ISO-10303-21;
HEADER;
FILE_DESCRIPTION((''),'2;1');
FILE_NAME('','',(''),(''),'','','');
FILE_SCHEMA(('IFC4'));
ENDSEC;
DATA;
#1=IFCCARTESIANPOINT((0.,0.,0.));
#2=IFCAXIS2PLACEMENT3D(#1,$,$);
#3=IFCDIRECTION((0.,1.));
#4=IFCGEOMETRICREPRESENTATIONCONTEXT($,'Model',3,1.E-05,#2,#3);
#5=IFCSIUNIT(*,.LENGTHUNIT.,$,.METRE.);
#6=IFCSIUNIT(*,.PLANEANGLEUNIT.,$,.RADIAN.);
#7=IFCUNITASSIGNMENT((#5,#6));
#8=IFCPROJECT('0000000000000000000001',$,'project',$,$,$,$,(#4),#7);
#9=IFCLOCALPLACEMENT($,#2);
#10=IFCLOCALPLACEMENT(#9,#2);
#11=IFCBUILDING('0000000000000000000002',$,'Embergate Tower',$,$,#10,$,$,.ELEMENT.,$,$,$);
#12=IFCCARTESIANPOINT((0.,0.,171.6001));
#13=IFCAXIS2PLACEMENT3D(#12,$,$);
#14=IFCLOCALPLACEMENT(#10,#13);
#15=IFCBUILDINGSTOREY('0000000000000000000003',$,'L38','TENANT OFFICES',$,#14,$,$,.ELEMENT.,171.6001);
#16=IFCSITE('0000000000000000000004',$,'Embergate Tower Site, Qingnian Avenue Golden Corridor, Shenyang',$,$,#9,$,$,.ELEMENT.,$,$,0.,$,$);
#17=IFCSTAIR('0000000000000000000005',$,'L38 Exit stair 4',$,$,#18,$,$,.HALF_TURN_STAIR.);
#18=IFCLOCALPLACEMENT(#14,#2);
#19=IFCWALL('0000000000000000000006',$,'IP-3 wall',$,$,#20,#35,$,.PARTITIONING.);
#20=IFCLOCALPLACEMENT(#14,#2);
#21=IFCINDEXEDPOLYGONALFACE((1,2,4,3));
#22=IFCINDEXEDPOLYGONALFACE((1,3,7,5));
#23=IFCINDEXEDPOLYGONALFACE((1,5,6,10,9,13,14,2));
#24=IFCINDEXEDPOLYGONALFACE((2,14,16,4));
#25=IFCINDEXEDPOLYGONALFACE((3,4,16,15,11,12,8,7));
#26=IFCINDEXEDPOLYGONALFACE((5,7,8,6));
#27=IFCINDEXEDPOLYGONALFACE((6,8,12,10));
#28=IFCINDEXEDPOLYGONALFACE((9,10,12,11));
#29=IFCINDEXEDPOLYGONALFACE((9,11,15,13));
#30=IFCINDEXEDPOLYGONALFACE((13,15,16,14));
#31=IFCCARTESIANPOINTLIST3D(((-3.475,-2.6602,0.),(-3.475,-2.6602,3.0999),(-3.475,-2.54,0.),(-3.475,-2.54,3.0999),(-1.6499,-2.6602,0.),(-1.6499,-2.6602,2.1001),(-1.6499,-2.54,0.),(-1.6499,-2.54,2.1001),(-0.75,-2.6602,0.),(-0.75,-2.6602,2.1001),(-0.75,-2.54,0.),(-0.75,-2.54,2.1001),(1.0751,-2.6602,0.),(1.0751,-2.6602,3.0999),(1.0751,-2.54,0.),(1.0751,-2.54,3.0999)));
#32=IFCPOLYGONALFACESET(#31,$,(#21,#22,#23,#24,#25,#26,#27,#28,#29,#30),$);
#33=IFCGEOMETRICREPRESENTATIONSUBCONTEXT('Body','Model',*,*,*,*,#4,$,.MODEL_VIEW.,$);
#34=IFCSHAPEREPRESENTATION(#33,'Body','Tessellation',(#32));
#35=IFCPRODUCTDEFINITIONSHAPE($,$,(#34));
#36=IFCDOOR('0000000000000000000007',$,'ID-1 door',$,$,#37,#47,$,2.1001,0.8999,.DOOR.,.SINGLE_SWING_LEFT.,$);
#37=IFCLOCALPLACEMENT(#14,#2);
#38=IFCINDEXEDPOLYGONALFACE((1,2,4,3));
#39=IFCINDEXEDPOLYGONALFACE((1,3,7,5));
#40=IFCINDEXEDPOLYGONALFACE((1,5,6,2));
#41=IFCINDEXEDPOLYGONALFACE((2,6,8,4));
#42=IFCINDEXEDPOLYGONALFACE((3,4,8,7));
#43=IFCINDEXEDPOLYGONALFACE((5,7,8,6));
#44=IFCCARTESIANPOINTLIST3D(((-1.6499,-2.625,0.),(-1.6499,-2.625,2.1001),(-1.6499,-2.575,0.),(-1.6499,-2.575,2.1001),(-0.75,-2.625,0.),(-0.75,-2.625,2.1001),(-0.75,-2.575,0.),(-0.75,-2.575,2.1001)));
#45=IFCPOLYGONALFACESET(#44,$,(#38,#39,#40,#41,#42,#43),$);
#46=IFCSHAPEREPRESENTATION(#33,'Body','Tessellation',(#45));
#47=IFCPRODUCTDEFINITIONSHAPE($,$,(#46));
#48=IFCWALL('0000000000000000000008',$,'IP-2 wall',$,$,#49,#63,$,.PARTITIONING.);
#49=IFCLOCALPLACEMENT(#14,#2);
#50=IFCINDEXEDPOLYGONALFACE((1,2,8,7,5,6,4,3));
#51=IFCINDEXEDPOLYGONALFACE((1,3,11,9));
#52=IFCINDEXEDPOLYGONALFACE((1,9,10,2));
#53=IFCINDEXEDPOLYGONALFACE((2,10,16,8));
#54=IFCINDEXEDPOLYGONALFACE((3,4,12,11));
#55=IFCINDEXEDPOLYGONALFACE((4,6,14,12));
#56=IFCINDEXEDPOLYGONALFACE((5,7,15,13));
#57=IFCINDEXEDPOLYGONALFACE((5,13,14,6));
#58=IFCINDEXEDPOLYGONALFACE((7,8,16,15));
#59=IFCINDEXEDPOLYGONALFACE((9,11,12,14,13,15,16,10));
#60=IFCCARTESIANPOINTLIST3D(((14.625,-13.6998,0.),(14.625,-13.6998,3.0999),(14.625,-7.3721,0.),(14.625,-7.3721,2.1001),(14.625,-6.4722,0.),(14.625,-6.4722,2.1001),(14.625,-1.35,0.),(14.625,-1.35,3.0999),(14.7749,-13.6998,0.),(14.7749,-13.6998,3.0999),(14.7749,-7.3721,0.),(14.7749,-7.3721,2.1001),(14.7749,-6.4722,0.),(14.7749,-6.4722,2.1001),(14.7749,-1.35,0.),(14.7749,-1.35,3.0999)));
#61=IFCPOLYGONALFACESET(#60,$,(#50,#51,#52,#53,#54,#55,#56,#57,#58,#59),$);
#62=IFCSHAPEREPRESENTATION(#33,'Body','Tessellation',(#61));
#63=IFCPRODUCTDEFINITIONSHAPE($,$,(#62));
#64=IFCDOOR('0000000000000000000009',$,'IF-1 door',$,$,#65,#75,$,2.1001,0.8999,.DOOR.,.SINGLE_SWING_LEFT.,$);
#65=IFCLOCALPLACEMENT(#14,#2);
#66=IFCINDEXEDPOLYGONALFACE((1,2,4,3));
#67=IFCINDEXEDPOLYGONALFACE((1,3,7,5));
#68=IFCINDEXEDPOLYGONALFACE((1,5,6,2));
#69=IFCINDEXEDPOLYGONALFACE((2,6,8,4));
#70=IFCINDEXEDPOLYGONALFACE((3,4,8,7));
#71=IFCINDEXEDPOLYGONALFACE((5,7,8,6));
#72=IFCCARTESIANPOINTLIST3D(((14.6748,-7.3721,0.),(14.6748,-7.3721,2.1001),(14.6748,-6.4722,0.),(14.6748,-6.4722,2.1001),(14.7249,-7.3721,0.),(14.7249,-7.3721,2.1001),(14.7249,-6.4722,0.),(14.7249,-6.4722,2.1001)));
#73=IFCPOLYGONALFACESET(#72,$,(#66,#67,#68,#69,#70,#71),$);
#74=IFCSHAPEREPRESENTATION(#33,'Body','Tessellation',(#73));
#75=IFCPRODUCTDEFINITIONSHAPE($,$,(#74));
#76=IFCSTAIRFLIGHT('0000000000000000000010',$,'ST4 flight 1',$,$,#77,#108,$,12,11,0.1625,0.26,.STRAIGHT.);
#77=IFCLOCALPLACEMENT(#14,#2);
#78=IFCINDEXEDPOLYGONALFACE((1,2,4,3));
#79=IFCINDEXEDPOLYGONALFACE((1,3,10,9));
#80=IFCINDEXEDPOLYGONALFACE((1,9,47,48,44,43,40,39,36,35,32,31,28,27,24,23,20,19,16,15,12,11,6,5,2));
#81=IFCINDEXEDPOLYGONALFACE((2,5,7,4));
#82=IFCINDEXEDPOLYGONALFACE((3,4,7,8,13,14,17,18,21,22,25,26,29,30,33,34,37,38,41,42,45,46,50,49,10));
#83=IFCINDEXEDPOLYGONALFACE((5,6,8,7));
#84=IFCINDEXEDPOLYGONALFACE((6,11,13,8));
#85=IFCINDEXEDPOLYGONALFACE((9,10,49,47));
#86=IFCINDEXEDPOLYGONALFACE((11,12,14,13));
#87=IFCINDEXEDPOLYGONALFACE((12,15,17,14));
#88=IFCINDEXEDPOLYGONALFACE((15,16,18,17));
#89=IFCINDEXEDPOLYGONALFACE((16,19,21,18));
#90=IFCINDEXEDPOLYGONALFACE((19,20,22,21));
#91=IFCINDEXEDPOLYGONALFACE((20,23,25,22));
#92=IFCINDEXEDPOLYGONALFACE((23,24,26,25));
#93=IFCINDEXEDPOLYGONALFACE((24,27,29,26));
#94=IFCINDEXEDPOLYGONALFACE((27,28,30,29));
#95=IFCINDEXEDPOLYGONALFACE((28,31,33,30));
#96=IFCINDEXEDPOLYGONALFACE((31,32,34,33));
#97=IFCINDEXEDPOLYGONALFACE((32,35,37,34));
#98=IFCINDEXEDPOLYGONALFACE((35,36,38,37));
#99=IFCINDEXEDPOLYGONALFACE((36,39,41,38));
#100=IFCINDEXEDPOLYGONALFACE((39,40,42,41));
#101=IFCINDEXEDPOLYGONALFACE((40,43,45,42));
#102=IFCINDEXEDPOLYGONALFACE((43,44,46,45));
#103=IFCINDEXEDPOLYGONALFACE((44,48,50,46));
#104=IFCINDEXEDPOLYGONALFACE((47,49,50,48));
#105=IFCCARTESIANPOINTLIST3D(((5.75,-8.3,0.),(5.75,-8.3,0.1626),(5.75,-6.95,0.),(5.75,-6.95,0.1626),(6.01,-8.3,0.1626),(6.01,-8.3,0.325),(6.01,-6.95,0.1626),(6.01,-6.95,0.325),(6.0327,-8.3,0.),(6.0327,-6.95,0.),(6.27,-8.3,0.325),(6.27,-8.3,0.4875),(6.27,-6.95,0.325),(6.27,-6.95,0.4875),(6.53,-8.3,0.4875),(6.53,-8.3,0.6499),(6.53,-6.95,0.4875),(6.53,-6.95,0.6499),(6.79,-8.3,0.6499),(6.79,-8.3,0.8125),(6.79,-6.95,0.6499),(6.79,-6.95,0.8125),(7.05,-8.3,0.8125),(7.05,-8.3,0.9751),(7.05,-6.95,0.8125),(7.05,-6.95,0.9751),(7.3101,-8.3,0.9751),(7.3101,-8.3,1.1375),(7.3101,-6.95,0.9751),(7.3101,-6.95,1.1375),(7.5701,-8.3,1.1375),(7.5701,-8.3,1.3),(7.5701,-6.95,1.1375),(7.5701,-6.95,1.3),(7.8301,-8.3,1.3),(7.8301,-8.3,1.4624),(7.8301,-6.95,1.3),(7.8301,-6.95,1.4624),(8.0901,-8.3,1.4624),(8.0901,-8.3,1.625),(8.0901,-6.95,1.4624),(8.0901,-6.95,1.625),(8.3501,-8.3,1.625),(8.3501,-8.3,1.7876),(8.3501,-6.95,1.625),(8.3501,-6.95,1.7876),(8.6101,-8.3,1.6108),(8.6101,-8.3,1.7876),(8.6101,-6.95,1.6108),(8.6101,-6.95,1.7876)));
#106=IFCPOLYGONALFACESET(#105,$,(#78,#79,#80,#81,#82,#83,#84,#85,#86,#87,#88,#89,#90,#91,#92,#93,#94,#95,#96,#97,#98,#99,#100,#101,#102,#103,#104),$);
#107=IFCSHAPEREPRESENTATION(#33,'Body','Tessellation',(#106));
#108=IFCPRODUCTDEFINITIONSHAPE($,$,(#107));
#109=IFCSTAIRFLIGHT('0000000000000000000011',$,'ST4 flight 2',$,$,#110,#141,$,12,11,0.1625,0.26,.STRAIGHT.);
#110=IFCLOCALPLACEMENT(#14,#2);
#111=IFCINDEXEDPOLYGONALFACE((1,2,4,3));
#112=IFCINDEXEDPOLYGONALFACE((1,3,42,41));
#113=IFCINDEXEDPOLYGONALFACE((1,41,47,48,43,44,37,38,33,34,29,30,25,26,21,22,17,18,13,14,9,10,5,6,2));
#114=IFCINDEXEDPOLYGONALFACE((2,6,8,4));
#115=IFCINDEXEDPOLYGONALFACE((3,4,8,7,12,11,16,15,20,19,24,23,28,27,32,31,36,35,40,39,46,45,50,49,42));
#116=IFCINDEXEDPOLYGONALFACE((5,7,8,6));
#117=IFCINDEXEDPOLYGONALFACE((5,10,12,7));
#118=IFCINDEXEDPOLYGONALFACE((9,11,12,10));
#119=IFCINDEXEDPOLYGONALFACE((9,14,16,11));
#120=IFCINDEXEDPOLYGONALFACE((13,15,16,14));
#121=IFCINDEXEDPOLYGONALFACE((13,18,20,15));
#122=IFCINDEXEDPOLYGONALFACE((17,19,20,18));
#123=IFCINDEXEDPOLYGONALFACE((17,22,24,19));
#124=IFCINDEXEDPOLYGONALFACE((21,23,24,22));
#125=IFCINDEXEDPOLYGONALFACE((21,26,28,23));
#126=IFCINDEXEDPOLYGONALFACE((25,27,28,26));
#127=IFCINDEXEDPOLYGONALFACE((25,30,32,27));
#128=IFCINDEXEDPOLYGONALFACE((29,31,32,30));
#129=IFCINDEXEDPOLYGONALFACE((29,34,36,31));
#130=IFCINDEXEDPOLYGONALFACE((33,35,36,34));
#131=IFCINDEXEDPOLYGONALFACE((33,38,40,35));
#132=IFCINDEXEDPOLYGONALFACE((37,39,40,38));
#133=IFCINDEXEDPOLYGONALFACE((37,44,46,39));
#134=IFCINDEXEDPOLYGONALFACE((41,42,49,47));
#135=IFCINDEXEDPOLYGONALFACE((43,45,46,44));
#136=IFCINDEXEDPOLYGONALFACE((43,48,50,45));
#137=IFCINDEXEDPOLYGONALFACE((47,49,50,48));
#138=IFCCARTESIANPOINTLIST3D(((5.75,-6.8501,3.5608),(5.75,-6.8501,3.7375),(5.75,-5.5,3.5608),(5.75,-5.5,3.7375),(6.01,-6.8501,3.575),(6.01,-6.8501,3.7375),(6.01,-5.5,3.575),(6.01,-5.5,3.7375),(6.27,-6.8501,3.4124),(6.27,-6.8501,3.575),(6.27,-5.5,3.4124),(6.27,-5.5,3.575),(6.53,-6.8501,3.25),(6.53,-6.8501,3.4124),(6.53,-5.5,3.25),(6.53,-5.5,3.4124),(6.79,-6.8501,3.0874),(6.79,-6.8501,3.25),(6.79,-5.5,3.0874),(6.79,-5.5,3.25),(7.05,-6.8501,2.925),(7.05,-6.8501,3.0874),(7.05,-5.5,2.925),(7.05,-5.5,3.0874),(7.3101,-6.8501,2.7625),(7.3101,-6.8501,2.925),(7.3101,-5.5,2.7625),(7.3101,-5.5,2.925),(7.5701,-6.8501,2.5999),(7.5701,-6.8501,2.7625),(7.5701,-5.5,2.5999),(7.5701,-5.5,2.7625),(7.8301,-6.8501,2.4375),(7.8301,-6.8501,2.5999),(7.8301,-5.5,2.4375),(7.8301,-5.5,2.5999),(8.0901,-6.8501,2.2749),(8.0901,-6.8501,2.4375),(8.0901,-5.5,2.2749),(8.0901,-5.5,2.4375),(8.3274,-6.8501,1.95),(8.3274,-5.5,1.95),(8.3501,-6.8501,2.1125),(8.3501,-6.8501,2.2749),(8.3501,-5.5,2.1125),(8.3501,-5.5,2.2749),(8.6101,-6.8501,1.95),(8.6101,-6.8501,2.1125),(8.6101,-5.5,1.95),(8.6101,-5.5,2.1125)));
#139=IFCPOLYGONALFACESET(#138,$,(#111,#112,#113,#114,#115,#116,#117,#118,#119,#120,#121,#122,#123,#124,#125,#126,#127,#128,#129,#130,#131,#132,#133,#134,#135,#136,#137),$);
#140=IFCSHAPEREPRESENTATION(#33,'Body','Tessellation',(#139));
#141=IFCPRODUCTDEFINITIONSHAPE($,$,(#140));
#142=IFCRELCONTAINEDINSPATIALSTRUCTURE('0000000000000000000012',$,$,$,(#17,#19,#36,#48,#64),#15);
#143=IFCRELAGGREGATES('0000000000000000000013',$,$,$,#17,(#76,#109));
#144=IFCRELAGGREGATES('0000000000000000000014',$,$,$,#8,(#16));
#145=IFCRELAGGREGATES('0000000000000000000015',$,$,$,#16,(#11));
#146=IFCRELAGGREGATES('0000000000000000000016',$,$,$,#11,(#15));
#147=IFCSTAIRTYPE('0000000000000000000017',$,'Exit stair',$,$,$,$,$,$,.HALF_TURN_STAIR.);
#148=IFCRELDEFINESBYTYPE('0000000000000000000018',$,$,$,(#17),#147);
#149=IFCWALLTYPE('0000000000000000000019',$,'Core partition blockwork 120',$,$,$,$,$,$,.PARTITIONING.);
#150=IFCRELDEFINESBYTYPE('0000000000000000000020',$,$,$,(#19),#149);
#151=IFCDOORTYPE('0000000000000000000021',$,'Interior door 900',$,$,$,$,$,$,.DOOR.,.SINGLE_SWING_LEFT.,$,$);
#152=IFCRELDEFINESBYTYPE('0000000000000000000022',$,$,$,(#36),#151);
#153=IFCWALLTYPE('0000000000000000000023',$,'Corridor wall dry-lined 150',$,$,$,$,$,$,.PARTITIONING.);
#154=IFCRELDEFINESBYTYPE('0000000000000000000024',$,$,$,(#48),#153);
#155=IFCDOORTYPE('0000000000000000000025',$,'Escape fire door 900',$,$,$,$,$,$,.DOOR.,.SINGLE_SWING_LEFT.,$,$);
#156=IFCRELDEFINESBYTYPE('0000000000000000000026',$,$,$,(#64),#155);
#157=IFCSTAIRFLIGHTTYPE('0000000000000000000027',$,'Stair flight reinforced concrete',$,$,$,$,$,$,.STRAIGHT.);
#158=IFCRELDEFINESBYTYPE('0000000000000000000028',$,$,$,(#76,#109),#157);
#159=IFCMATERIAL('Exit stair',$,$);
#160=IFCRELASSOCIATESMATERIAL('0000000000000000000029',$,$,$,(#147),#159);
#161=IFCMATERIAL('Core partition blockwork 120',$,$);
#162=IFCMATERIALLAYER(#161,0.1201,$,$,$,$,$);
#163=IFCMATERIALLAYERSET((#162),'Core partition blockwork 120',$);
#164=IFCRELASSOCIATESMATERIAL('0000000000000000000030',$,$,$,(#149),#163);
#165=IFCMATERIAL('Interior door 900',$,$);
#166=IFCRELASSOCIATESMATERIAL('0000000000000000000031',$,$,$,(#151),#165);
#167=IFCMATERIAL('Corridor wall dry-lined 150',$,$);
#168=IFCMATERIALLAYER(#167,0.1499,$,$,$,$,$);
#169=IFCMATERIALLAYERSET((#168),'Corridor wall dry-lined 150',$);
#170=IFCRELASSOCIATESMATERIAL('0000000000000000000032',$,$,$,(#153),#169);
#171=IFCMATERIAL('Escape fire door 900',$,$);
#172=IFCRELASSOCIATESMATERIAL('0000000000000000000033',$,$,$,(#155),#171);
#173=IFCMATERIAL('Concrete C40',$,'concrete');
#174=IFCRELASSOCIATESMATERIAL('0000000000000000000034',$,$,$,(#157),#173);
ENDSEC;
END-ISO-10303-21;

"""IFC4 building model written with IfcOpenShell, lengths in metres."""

from ifc_helpers import new_model, si_unit, direction, frame, frame_2d, origin, place, context, subcontext, project, spatial, polyline, rectangle, outline, extrude, source, transform, mapped, material, layer, layer_set, type_object, element, fill, aggregate, save


model = new_model("IFC4")

# Units and contexts
model_context = context("Model", 3, precision=1e-05, world=origin(), true_north=direction((0.0, 1.0)))
body_context = subcontext(model_context, "Body", "Model", "MODEL_VIEW")
ifc_project = project(units=[si_unit("LENGTHUNIT", "METRE"), si_unit("PLANEANGLEUNIT", "RADIAN")], contexts=[model_context])

# Site, building, storey
site_placement = place(None, origin())
site = spatial("IfcSite", under=ifc_project, at=site_placement, Name="Embergate Tower Site, Qingnian Avenue Golden Corridor, Shenyang", CompositionType="ELEMENT", RefElevation=0.0)
building_placement = place(site_placement, origin())
building = spatial("IfcBuilding", under=site, at=building_placement, Name="Embergate Tower", CompositionType="ELEMENT")
storey_placement = place(building_placement, frame((0.0, 0.0, 171.6001)))
storey = spatial("IfcBuildingStorey", under=building, at=storey_placement, Name="L38", Description="TENANT OFFICES", CompositionType="ELEMENT", Elevation=171.6001)

# Stair
ifc_material_1 = material(Name="Exit stair")
stair_type = type_object("IfcStairType", Name="Exit stair", PredefinedType="HALF_TURN_STAIR", material=ifc_material_1)
stair_placement = place(storey_placement, origin())
stair = element("IfcStair", 1, at=stair_placement, inside=storey, type_object=stair_type, Name="L38 Exit stair 4", PredefinedType="HALF_TURN_STAIR")
ifc_material_2 = material(Name="Concrete C40", Category="concrete")

# Shared definitions
ifc_material_3 = material(Name="Core partition blockwork 120")
ifc_layer_1 = layer(ifc_material_3, 0.1201)
ifc_layer_set_1 = layer_set([ifc_layer_1], Name="Core partition blockwork 120")
wall_type_1 = type_object("IfcWallType", Name="Core partition blockwork 120", PredefinedType="PARTITIONING", material=ifc_layer_set_1)

# Walls, openings, doors
shared_shape_1 = source(origin(), body_context, "Body", "SweptSolid", [
    extrude(rectangle(XDim=4.55, YDim=0.1201, at=frame_2d((2.2749, 0.0))), origin(), (0.0, 0.0, 1.0), 3.0999),
])
wall_1_placement = place(storey_placement, frame((1.075, -2.6001, 0.0), z_axis=(0.0, 0.0, 1.0), x_axis=(-1.0, 0.0, 0.0)))
wall_1 = element("IfcWall", 2, at=wall_1_placement, inside=storey, type_object=wall_type_1, Name="IP-3 wall", PredefinedType="PARTITIONING", context=body_context, shape_type="MappedRepresentation", body=[
    mapped(shared_shape_1, transform((0.0, 0.0, 0.0))),
])
shared_shape_2 = source(origin(), body_context, "Body", "SweptSolid", [
    extrude(rectangle(XDim=0.8999, YDim=2.1001, at=frame_2d((0.45, 1.05))), frame((0.0, 0.0701, 0.0), z_axis=(0.0, -1.0, 0.0), x_axis=(1.0, 0.0, 0.0)), (0.0, 0.0, 1.0), 0.1401),
])
opening_1_placement = place(wall_1_placement, frame((1.825, 0.0, 0.0)))
opening_1 = element("IfcOpeningElement", 3, at=opening_1_placement, cuts=wall_1, PredefinedType="OPENING", context=body_context, shape_type="MappedRepresentation", body=[
    mapped(shared_shape_2, transform((0.0, 0.0, 0.0))),
])
ifc_material_4 = material(Name="Interior door 900")
door_type_1 = type_object("IfcDoorType", Name="Interior door 900", OperationType="SINGLE_SWING_LEFT", PredefinedType="DOOR", material=ifc_material_4)
shared_shape_3 = source(origin(), body_context, "Body", "SweptSolid", [
    extrude(rectangle(XDim=0.8999, YDim=2.1001, at=frame_2d((0.45, 1.05))), frame((0.0, 0.0249, 0.0), z_axis=(0.0, -1.0, 0.0), x_axis=(1.0, 0.0, 0.0)), (0.0, 0.0, 1.0), 0.05),
])
door_1_placement = place(opening_1_placement, origin())
door_1 = element("IfcDoor", 4, at=door_1_placement, inside=storey, type_object=door_type_1, Name="ID-1 door", OperationType="SINGLE_SWING_LEFT", OverallHeight=2.1001, OverallWidth=0.8999, PredefinedType="DOOR", context=body_context, shape_type="MappedRepresentation", body=[
    mapped(shared_shape_3, transform((0.0, 0.0, 0.0))),
])
fill(opening_1, door_1)
ifc_material_5 = material(Name="Corridor wall dry-lined 150")
ifc_layer_2 = layer(ifc_material_5, 0.1499)
ifc_layer_set_2 = layer_set([ifc_layer_2], Name="Corridor wall dry-lined 150")
wall_type_2 = type_object("IfcWallType", Name="Corridor wall dry-lined 150", PredefinedType="PARTITIONING", material=ifc_layer_set_2)
shared_shape_4 = source(origin(), body_context, "Body", "SweptSolid", [
    extrude(rectangle(XDim=12.3499, YDim=0.1499, at=frame_2d((6.1748, 0.0))), origin(), (0.0, 0.0, 1.0), 3.0999),
])
wall_2_placement = place(storey_placement, frame((14.7, -1.3501, 0.0), z_axis=(0.0, 0.0, 1.0), x_axis=(0.0, -1.0, 0.0)))
wall_2 = element("IfcWall", 5, at=wall_2_placement, inside=storey, type_object=wall_type_2, Name="IP-2 wall", PredefinedType="PARTITIONING", context=body_context, shape_type="MappedRepresentation", body=[
    mapped(shared_shape_4, transform((0.0, 0.0, 0.0))),
])
shared_shape_5 = source(origin(), body_context, "Body", "SweptSolid", [
    extrude(rectangle(XDim=0.8999, YDim=2.1001, at=frame_2d((0.45, 1.05))), frame((0.0, 0.085, 0.0), z_axis=(0.0, -1.0, 0.0), x_axis=(1.0, 0.0, 0.0)), (0.0, 0.0, 1.0), 0.1699),
])
opening_2_placement = place(wall_2_placement, frame((5.1221, 0.0, 0.0)))
opening_2 = element("IfcOpeningElement", 6, at=opening_2_placement, cuts=wall_2, PredefinedType="OPENING", context=body_context, shape_type="MappedRepresentation", body=[
    mapped(shared_shape_5, transform((0.0, 0.0, 0.0))),
])
ifc_material_6 = material(Name="Escape fire door 900")
door_type_2 = type_object("IfcDoorType", Name="Escape fire door 900", OperationType="SINGLE_SWING_LEFT", PredefinedType="DOOR", material=ifc_material_6)
door_2_placement = place(opening_2_placement, origin())
door_2 = element("IfcDoor", 7, at=door_2_placement, inside=storey, type_object=door_type_2, Name="IF-1 door", OperationType="SINGLE_SWING_LEFT", OverallHeight=2.1001, OverallWidth=0.8999, PredefinedType="DOOR", context=body_context, shape_type="MappedRepresentation", body=[
    mapped(shared_shape_3, transform((0.0, 0.0, 0.0))),
])
fill(opening_2, door_2)

# Stair flights
stair_flight_type = type_object("IfcStairFlightType", Name="Stair flight reinforced concrete", PredefinedType="STRAIGHT", material=ifc_material_2)
shared_shape_6 = source(origin(), body_context, "Body", "SweptSolid", [
    extrude(outline(polyline([(0.0, 0.0), (0.0, 0.1626), (0.26, 0.1626), (0.26, 0.325), (0.52, 0.325), (0.52, 0.4875), (0.78, 0.4875), (0.78, 0.6499), (1.04, 0.6499), (1.04, 0.8125), (1.3, 0.8125), (1.3, 0.9751), (1.5601, 0.9751), (1.5601, 1.1375), (1.8201, 1.1375), (1.8201, 1.3), (2.0801, 1.3), (2.0801, 1.4624), (2.3401, 1.4624), (2.3401, 1.625), (2.6001, 1.625), (2.6001, 1.7876), (2.8601, 1.7876), (2.8601, 1.95), (2.8601, 1.6108), (0.2827, 0.0), (0.0, 0.0)])), frame((0.0, 0.675, 0.0), z_axis=(0.0, -1.0, 0.0), x_axis=(1.0, 0.0, 0.0)), (0.0, 0.0, 1.0), 1.3501),
])
stair_flight_1_placement = place(storey_placement, frame((5.75, -7.625, 0.0), z_axis=(0.0, 0.0, 1.0), x_axis=(1.0, 0.0, 0.0)))
stair_flight_1 = element("IfcStairFlight", 8, at=stair_flight_1_placement, type_object=stair_flight_type, Name="ST4 flight 1", NumberOfRisers=12, NumberOfTreads=11, PredefinedType="STRAIGHT", RiserHeight=0.1625, TreadLength=0.26, context=body_context, shape_type="MappedRepresentation", body=[
    mapped(shared_shape_6, transform((0.0, 0.0, 0.0))),
])
stair_flight_2_placement = place(storey_placement, frame((8.6101, -6.175, 1.95), z_axis=(0.0, 0.0, 1.0), x_axis=(-1.0, 0.0, 0.0)))
stair_flight_2 = element("IfcStairFlight", 9, at=stair_flight_2_placement, type_object=stair_flight_type, Name="ST4 flight 2", NumberOfRisers=12, NumberOfTreads=11, PredefinedType="STRAIGHT", RiserHeight=0.1625, TreadLength=0.26, context=body_context, shape_type="MappedRepresentation", body=[
    mapped(shared_shape_6, transform((0.0, 0.0, 0.0))),
])
aggregate(stair, [stair_flight_1, stair_flight_2])

save(model, "model.ifc")
